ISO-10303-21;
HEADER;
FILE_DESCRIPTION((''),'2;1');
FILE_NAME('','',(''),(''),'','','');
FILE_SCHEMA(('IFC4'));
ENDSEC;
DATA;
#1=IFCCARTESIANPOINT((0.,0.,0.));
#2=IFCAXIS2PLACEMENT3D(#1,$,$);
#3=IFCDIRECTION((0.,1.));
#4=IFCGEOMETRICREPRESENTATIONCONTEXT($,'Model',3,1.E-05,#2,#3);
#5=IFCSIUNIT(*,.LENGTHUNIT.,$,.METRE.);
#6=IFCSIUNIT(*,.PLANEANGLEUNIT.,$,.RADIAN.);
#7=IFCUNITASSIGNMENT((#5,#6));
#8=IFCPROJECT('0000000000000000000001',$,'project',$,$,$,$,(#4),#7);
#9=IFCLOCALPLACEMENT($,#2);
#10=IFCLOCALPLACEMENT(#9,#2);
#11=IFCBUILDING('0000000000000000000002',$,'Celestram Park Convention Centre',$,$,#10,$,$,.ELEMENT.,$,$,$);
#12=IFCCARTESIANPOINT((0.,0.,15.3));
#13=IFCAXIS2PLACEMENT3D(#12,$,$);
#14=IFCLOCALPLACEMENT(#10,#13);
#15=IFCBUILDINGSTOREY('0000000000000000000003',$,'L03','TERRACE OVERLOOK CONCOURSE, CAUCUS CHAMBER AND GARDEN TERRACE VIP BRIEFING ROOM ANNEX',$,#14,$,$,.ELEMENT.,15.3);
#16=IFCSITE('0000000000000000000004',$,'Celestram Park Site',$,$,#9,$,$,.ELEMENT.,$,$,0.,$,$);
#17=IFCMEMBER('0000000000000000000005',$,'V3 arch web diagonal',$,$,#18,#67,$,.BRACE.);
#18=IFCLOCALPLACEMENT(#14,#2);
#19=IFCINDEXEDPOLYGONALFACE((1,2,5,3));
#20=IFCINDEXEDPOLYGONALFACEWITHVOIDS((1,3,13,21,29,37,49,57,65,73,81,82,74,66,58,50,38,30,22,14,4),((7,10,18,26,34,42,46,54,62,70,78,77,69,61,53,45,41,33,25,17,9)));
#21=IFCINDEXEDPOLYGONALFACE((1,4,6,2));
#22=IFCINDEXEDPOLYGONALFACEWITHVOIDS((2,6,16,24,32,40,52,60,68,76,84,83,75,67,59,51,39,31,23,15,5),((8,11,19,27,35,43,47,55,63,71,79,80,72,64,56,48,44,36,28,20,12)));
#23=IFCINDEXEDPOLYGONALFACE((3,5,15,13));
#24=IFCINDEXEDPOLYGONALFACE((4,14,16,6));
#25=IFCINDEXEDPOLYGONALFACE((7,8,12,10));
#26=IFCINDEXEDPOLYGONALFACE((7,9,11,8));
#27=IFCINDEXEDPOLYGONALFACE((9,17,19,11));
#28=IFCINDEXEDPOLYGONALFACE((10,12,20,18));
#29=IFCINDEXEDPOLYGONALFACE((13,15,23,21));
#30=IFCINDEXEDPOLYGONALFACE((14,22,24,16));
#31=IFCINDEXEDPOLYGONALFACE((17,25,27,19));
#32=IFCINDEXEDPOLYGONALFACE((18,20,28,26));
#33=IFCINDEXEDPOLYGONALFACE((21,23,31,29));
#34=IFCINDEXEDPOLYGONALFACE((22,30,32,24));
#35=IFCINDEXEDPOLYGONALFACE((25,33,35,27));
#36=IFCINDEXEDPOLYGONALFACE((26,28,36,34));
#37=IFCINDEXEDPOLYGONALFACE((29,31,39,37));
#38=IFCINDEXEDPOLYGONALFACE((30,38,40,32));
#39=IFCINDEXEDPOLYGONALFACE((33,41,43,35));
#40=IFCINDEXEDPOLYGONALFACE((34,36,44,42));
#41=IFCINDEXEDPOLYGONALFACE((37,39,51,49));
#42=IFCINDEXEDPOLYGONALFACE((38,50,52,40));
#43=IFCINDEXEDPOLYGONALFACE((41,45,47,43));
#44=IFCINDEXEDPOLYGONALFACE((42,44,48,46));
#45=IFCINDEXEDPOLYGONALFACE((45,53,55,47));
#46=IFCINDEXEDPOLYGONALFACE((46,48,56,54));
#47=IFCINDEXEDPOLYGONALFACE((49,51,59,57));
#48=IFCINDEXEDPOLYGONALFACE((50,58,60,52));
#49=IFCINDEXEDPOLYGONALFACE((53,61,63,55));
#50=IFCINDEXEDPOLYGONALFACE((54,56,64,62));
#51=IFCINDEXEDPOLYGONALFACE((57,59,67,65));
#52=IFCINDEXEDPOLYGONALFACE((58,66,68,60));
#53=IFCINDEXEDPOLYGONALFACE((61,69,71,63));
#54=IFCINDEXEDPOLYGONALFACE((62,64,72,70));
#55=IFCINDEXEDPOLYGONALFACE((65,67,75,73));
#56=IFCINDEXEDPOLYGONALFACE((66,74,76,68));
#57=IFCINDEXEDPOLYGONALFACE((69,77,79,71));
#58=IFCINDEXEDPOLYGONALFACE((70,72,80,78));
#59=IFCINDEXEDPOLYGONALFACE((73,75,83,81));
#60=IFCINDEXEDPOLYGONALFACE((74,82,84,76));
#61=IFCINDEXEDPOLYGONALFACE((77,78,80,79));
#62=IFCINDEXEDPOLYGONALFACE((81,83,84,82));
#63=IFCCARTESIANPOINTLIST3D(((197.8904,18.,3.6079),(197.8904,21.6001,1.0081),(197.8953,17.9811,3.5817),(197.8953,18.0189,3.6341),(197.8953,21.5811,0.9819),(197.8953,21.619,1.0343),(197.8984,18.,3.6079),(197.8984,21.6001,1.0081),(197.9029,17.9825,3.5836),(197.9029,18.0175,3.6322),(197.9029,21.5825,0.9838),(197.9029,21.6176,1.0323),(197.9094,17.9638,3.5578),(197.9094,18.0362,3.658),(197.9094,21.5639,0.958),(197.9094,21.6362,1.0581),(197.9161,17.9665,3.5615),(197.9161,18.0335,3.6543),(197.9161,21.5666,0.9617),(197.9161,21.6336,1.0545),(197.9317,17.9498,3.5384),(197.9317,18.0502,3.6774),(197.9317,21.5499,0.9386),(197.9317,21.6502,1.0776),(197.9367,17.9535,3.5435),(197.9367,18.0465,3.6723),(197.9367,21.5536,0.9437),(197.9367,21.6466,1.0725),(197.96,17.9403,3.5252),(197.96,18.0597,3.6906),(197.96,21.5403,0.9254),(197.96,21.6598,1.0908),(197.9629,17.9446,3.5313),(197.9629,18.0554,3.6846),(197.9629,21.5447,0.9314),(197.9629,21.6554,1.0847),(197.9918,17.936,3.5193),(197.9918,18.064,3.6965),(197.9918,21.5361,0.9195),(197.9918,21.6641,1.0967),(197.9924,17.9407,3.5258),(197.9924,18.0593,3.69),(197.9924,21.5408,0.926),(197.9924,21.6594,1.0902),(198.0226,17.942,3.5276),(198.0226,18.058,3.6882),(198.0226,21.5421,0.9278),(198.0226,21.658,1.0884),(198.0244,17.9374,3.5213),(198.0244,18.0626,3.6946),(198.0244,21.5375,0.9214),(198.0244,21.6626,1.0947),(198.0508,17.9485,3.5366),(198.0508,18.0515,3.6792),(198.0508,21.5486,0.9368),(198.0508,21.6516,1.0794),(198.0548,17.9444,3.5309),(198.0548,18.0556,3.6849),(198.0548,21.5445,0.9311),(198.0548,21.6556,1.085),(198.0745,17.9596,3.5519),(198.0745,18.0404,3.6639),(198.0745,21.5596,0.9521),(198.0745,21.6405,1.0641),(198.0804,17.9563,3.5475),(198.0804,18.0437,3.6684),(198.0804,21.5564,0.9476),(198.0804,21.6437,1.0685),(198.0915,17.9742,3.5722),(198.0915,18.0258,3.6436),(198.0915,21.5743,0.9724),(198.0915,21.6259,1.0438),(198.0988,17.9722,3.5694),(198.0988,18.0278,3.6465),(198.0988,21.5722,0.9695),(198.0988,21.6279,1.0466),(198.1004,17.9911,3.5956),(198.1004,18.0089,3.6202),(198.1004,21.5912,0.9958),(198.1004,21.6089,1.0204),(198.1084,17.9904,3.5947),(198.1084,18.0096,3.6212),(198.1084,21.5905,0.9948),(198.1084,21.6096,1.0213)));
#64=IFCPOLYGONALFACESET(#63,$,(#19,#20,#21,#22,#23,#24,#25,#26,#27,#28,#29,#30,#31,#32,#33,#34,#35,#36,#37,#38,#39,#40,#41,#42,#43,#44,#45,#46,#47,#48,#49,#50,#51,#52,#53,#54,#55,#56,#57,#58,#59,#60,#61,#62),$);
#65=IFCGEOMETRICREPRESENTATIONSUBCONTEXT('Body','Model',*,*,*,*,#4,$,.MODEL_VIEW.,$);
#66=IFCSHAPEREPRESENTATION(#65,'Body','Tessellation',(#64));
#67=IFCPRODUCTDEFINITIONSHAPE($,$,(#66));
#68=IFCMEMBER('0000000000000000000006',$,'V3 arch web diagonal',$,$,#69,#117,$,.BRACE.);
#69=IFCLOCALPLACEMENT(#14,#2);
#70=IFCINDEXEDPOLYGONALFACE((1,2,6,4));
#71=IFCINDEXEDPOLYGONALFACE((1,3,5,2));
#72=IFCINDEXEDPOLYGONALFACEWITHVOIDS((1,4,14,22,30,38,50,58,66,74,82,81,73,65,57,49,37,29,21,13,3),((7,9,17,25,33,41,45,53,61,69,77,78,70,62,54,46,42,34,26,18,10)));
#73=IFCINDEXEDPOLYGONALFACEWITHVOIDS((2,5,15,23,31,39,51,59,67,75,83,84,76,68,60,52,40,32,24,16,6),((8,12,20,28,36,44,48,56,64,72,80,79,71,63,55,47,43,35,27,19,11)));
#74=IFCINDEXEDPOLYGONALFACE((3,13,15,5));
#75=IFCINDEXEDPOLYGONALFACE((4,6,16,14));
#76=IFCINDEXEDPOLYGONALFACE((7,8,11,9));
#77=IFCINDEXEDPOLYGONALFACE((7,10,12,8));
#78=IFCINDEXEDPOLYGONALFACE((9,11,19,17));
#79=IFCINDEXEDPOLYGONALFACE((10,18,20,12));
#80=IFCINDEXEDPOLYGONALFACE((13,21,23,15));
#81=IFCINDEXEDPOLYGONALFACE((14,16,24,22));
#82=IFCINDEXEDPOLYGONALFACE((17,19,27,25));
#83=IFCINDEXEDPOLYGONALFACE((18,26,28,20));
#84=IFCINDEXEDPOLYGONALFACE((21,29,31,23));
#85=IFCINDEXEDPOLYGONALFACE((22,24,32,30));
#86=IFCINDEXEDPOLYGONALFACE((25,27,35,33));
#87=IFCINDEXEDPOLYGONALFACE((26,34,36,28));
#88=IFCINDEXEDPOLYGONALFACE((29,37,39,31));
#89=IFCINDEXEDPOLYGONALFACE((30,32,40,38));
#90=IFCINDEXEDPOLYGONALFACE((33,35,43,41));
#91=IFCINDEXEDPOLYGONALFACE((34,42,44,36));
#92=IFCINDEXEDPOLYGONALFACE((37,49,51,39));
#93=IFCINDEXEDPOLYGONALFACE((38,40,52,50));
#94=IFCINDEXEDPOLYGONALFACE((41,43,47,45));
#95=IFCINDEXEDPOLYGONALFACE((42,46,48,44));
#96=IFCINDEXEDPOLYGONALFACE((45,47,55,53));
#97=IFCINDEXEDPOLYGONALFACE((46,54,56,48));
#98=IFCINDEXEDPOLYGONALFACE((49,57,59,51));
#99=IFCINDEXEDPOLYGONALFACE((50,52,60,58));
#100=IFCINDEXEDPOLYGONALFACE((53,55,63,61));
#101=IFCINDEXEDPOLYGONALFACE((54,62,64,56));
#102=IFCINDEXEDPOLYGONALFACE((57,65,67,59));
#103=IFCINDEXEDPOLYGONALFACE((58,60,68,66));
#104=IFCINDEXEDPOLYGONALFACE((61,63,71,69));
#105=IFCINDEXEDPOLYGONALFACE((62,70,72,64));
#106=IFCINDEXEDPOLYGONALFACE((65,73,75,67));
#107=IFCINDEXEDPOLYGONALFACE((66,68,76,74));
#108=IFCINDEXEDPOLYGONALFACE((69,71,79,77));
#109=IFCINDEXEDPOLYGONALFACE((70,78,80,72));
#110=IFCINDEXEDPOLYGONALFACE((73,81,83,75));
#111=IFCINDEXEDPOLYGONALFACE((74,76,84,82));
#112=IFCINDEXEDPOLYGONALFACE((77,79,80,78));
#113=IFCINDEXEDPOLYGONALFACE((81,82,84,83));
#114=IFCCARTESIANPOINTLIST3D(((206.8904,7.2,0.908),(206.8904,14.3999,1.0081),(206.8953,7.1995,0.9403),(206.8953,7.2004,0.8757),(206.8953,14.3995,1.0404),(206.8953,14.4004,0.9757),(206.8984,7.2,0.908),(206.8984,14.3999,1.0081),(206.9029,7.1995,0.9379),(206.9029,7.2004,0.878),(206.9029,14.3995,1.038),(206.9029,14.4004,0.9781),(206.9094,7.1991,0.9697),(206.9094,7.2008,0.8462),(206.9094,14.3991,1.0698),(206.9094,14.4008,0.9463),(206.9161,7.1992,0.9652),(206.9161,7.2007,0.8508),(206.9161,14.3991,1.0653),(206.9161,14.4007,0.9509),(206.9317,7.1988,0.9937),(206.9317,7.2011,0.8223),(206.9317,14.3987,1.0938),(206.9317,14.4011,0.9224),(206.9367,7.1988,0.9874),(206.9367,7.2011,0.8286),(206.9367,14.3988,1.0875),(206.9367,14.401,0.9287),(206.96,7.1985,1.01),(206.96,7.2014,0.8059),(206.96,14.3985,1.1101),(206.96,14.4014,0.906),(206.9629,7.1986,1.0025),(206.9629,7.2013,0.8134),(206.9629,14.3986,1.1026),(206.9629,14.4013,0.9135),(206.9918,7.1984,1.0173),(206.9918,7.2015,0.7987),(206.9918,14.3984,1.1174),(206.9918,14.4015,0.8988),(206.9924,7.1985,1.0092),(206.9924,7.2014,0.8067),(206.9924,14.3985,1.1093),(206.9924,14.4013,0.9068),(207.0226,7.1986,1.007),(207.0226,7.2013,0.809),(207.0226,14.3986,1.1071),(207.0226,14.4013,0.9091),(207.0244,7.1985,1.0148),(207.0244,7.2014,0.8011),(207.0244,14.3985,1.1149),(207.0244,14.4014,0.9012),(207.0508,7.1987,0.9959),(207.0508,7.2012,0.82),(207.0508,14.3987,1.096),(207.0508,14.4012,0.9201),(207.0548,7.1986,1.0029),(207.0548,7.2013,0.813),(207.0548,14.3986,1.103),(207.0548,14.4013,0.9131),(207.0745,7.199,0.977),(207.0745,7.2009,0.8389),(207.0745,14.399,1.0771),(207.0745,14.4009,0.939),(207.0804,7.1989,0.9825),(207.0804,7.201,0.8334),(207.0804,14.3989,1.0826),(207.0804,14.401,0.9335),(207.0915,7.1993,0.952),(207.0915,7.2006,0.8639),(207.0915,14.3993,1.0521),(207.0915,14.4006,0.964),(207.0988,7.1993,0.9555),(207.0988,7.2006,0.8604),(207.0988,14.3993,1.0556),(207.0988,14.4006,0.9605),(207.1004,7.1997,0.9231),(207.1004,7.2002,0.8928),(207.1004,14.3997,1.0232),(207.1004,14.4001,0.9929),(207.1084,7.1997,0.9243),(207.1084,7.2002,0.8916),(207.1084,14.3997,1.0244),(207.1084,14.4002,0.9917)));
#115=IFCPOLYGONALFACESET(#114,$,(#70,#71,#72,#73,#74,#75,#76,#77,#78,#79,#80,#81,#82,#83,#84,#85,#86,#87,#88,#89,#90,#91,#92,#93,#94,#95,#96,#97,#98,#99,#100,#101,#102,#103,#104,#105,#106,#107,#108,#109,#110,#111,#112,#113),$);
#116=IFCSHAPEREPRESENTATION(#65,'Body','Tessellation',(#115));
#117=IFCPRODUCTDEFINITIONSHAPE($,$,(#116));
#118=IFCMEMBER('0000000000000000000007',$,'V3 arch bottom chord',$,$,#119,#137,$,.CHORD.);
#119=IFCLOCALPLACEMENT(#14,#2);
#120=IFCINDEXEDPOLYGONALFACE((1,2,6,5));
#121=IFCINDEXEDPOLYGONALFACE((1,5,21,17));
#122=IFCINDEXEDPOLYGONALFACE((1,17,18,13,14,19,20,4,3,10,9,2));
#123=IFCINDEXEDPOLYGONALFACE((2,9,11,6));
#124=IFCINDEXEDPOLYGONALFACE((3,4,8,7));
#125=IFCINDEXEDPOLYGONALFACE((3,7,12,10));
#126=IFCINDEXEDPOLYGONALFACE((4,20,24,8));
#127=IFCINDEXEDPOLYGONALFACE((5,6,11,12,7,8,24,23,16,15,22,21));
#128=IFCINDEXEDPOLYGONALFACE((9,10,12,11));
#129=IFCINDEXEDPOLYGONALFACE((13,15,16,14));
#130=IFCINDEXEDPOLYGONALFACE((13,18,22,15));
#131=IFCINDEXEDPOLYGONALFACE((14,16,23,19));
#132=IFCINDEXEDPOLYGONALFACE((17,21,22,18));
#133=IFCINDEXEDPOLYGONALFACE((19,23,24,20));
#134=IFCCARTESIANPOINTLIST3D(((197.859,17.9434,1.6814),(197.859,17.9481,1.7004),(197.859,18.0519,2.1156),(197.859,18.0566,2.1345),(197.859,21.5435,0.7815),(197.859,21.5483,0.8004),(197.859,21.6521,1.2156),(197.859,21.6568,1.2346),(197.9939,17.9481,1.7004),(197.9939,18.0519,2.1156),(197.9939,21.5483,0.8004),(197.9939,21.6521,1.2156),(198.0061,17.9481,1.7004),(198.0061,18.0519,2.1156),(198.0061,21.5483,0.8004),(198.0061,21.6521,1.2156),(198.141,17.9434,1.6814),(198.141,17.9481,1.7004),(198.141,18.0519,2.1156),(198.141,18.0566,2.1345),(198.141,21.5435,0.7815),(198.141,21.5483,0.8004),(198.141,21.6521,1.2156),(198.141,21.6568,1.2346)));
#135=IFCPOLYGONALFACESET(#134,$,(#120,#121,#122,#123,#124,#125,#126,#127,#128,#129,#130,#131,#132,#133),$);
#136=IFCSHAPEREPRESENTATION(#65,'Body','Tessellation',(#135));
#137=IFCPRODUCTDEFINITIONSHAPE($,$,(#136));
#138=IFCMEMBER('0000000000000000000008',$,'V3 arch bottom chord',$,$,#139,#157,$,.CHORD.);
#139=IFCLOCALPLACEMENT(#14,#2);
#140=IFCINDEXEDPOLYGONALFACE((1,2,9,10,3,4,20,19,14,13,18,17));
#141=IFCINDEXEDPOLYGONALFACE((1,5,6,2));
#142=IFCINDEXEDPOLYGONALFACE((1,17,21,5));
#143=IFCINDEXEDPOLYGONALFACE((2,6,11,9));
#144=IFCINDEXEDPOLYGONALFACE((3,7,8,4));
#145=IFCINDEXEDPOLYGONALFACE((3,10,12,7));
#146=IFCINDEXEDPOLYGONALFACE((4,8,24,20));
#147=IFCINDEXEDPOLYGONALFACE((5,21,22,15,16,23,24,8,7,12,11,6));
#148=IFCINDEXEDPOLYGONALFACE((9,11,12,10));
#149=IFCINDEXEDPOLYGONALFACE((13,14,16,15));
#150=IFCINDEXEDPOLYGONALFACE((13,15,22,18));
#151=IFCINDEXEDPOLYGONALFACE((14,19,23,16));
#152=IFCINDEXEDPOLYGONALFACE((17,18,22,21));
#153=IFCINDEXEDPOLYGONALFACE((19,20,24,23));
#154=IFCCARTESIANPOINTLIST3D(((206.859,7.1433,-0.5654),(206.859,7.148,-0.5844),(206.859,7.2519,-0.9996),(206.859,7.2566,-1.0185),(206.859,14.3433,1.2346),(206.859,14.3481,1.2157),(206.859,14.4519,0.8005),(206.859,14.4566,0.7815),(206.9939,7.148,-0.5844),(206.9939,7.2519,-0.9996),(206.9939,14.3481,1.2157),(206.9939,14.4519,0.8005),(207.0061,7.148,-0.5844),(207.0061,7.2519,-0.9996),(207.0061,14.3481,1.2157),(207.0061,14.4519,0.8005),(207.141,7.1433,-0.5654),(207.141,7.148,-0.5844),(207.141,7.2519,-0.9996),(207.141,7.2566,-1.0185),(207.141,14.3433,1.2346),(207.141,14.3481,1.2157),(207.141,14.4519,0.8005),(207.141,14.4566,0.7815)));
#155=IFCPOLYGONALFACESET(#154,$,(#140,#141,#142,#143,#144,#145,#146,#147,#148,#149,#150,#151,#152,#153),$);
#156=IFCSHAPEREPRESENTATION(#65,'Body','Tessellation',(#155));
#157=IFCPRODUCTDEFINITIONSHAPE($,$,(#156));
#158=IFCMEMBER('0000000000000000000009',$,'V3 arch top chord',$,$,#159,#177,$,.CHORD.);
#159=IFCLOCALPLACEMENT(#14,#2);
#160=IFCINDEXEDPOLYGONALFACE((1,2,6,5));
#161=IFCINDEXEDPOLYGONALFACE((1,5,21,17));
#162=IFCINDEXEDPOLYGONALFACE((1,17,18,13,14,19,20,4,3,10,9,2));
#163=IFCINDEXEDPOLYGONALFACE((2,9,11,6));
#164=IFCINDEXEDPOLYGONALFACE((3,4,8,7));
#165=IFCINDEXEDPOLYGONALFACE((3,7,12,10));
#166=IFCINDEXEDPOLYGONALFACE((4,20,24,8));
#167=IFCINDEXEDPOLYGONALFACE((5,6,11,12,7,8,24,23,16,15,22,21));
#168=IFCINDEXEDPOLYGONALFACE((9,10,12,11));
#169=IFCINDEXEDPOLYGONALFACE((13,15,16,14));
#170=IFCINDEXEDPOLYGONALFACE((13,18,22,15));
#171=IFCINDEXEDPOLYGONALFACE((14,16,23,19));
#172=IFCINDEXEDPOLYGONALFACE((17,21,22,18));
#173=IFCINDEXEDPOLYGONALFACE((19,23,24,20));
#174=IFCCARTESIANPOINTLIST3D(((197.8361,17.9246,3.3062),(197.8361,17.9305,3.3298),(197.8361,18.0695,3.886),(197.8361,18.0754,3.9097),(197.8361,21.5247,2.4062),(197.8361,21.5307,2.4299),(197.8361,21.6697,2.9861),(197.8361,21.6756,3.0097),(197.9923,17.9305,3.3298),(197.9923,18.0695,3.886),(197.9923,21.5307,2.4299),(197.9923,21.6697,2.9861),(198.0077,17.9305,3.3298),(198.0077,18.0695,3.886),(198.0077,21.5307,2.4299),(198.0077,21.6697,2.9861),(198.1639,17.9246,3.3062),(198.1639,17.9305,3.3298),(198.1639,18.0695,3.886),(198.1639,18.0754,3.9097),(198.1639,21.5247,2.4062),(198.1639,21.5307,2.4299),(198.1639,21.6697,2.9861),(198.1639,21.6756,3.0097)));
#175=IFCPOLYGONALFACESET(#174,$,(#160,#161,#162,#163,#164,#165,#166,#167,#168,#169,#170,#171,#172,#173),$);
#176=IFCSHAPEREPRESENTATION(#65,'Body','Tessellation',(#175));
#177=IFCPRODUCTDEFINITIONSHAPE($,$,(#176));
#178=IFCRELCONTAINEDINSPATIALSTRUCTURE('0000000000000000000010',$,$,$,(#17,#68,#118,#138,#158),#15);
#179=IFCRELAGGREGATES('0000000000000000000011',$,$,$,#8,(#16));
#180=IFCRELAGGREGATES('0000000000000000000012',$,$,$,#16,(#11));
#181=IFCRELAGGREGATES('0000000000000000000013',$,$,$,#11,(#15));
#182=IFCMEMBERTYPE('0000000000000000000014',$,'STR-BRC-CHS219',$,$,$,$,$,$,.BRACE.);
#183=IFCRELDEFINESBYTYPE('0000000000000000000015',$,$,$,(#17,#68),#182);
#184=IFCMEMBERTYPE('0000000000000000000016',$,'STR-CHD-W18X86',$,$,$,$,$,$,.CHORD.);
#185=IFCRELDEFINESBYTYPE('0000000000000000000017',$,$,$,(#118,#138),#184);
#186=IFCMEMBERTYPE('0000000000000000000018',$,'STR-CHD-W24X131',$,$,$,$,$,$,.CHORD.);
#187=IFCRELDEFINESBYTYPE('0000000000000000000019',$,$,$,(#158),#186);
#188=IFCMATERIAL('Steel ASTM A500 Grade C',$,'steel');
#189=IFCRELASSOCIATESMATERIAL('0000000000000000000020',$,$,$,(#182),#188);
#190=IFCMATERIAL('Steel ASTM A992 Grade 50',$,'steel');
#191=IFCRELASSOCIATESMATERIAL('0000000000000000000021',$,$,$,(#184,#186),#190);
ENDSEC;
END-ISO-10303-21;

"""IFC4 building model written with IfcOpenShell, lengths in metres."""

from ifc_helpers import new_model, si_unit, direction, frame, origin, origin_2d, place, context, subcontext, project, spatial, hollow_circle, i_section, extrude, material, material_profile, profile_set, type_object, element, save


model = new_model("IFC4")

# Units and contexts
model_context = context("Model", 3, precision=1e-05, world=origin(), true_north=direction((0.0, 1.0)))
body_context = subcontext(model_context, "Body", "Model", "MODEL_VIEW")
ifc_project = project(units=[si_unit("LENGTHUNIT", "METRE"), si_unit("PLANEANGLEUNIT", "RADIAN")], contexts=[model_context])

# Site, building, storey
site_placement = place(None, origin())
site = spatial("IfcSite", under=ifc_project, at=site_placement, Name="Celestram Park Site", CompositionType="ELEMENT", RefElevation=0.0)
building_placement = place(site_placement, origin())
building = spatial("IfcBuilding", under=site, at=building_placement, Name="Celestram Park Convention Centre", CompositionType="ELEMENT")
storey_placement = place(building_placement, frame((0.0, 0.0, 15.3)))
storey = spatial("IfcBuildingStorey", under=building, at=storey_placement, Name="L03", Description="TERRACE OVERLOOK CONCOURSE, CAUCUS CHAMBER AND GARDEN TERRACE VIP BRIEFING ROOM ANNEX", CompositionType="ELEMENT", Elevation=15.3)

# Members
ifc_material_1 = material(Name="Steel ASTM A500 Grade C", Category="steel")
ifc_material_profile_1 = material_profile(ifc_material_1, hollow_circle(Radius=0.1096, WallThickness=0.0081, at=origin_2d()), Name="CHS219X8")
ifc_profile_set_1 = profile_set([ifc_material_profile_1], Name="Steel ASTM A500 Grade C")
member_type_1 = type_object("IfcMemberType", Name="STR-BRC-CHS219", PredefinedType="BRACE", material=ifc_profile_set_1)
member_1_placement = place(storey_placement, frame((198.0, 18.0, 3.6079), z_axis=(0.0, 0.810702, -0.585458), x_axis=(-1.0, 0.0, 0.0)))
element("IfcMember", 1, at=member_1_placement, inside=storey, type_object=member_type_1, Name="V3 arch web diagonal", PredefinedType="BRACE", context=body_context, shape_type="SweptSolid", body=[
    extrude(hollow_circle(Radius=0.1096, WallThickness=0.0081, at=origin_2d()), origin(), (0.0, 0.0, 1.0), 4.4407),
])
member_2_placement = place(storey_placement, frame((207.0, 7.2, 0.908), z_axis=(0.0, 0.999903, 0.013901), x_axis=(-1.0, 0.0, 0.0)))
element("IfcMember", 2, at=member_2_placement, inside=storey, type_object=member_type_1, Name="V3 arch web diagonal", PredefinedType="BRACE", context=body_context, shape_type="SweptSolid", body=[
    extrude(hollow_circle(Radius=0.1096, WallThickness=0.0081, at=origin_2d()), origin(), (0.0, 0.0, 1.0), 7.2007),
])
ifc_material_2 = material(Name="Steel ASTM A992 Grade 50", Category="steel")
ifc_material_profile_2 = material_profile(ifc_material_2, i_section(OverallWidth=0.282, OverallDepth=0.467, WebThickness=0.0122, FlangeThickness=0.0195, at=origin_2d()), Name="W18X86")
ifc_profile_set_2 = profile_set([ifc_material_profile_2], Name="Steel ASTM A992 Grade 50")
member_type_2 = type_object("IfcMemberType", Name="STR-CHD-W18X86", PredefinedType="CHORD", material=ifc_profile_set_2)
member_3_placement = place(storey_placement, frame((198.0, 18.0, 1.908), z_axis=(0.0, 0.97015, -0.242505), x_axis=(-1.0, 0.0, 0.0)))
element("IfcMember", 3, at=member_3_placement, inside=storey, type_object=member_type_2, Name="V3 arch bottom chord", PredefinedType="CHORD", context=body_context, shape_type="SweptSolid", body=[
    extrude(i_section(OverallWidth=0.282, OverallDepth=0.467, WebThickness=0.0122, FlangeThickness=0.0195, at=origin_2d()), origin(), (0.0, 0.0, 1.0), 3.7109),
])
member_4_placement = place(storey_placement, frame((207.0, 7.2, -0.792), z_axis=(0.0, 0.970141, 0.242543), x_axis=(-1.0, 0.0, 0.0)))
element("IfcMember", 4, at=member_4_placement, inside=storey, type_object=member_type_2, Name="V3 arch bottom chord", PredefinedType="CHORD", context=body_context, shape_type="SweptSolid", body=[
    extrude(i_section(OverallWidth=0.282, OverallDepth=0.467, WebThickness=0.0122, FlangeThickness=0.0195, at=origin_2d()), origin(), (0.0, 0.0, 1.0), 7.4216),
])
ifc_material_profile_3 = material_profile(ifc_material_2, i_section(OverallWidth=0.3279, OverallDepth=0.6221, WebThickness=0.0154, FlangeThickness=0.0244, at=origin_2d()), Name="W24X131")
ifc_profile_set_3 = profile_set([ifc_material_profile_3], Name="Steel ASTM A992 Grade 50")
member_type_3 = type_object("IfcMemberType", Name="STR-CHD-W24X131", PredefinedType="CHORD", material=ifc_profile_set_3)
member_5_placement = place(storey_placement, frame((198.0, 18.0, 3.6079), z_axis=(0.0, 0.97015, -0.242505), x_axis=(-1.0, 0.0, 0.0)))
element("IfcMember", 5, at=member_5_placement, inside=storey, type_object=member_type_3, Name="V3 arch top chord", PredefinedType="CHORD", context=body_context, shape_type="SweptSolid", body=[
    extrude(i_section(OverallWidth=0.3279, OverallDepth=0.6221, WebThickness=0.0154, FlangeThickness=0.0244, at=origin_2d()), origin(), (0.0, 0.0, 1.0), 3.7109),
])

save(model, "model.ifc")
